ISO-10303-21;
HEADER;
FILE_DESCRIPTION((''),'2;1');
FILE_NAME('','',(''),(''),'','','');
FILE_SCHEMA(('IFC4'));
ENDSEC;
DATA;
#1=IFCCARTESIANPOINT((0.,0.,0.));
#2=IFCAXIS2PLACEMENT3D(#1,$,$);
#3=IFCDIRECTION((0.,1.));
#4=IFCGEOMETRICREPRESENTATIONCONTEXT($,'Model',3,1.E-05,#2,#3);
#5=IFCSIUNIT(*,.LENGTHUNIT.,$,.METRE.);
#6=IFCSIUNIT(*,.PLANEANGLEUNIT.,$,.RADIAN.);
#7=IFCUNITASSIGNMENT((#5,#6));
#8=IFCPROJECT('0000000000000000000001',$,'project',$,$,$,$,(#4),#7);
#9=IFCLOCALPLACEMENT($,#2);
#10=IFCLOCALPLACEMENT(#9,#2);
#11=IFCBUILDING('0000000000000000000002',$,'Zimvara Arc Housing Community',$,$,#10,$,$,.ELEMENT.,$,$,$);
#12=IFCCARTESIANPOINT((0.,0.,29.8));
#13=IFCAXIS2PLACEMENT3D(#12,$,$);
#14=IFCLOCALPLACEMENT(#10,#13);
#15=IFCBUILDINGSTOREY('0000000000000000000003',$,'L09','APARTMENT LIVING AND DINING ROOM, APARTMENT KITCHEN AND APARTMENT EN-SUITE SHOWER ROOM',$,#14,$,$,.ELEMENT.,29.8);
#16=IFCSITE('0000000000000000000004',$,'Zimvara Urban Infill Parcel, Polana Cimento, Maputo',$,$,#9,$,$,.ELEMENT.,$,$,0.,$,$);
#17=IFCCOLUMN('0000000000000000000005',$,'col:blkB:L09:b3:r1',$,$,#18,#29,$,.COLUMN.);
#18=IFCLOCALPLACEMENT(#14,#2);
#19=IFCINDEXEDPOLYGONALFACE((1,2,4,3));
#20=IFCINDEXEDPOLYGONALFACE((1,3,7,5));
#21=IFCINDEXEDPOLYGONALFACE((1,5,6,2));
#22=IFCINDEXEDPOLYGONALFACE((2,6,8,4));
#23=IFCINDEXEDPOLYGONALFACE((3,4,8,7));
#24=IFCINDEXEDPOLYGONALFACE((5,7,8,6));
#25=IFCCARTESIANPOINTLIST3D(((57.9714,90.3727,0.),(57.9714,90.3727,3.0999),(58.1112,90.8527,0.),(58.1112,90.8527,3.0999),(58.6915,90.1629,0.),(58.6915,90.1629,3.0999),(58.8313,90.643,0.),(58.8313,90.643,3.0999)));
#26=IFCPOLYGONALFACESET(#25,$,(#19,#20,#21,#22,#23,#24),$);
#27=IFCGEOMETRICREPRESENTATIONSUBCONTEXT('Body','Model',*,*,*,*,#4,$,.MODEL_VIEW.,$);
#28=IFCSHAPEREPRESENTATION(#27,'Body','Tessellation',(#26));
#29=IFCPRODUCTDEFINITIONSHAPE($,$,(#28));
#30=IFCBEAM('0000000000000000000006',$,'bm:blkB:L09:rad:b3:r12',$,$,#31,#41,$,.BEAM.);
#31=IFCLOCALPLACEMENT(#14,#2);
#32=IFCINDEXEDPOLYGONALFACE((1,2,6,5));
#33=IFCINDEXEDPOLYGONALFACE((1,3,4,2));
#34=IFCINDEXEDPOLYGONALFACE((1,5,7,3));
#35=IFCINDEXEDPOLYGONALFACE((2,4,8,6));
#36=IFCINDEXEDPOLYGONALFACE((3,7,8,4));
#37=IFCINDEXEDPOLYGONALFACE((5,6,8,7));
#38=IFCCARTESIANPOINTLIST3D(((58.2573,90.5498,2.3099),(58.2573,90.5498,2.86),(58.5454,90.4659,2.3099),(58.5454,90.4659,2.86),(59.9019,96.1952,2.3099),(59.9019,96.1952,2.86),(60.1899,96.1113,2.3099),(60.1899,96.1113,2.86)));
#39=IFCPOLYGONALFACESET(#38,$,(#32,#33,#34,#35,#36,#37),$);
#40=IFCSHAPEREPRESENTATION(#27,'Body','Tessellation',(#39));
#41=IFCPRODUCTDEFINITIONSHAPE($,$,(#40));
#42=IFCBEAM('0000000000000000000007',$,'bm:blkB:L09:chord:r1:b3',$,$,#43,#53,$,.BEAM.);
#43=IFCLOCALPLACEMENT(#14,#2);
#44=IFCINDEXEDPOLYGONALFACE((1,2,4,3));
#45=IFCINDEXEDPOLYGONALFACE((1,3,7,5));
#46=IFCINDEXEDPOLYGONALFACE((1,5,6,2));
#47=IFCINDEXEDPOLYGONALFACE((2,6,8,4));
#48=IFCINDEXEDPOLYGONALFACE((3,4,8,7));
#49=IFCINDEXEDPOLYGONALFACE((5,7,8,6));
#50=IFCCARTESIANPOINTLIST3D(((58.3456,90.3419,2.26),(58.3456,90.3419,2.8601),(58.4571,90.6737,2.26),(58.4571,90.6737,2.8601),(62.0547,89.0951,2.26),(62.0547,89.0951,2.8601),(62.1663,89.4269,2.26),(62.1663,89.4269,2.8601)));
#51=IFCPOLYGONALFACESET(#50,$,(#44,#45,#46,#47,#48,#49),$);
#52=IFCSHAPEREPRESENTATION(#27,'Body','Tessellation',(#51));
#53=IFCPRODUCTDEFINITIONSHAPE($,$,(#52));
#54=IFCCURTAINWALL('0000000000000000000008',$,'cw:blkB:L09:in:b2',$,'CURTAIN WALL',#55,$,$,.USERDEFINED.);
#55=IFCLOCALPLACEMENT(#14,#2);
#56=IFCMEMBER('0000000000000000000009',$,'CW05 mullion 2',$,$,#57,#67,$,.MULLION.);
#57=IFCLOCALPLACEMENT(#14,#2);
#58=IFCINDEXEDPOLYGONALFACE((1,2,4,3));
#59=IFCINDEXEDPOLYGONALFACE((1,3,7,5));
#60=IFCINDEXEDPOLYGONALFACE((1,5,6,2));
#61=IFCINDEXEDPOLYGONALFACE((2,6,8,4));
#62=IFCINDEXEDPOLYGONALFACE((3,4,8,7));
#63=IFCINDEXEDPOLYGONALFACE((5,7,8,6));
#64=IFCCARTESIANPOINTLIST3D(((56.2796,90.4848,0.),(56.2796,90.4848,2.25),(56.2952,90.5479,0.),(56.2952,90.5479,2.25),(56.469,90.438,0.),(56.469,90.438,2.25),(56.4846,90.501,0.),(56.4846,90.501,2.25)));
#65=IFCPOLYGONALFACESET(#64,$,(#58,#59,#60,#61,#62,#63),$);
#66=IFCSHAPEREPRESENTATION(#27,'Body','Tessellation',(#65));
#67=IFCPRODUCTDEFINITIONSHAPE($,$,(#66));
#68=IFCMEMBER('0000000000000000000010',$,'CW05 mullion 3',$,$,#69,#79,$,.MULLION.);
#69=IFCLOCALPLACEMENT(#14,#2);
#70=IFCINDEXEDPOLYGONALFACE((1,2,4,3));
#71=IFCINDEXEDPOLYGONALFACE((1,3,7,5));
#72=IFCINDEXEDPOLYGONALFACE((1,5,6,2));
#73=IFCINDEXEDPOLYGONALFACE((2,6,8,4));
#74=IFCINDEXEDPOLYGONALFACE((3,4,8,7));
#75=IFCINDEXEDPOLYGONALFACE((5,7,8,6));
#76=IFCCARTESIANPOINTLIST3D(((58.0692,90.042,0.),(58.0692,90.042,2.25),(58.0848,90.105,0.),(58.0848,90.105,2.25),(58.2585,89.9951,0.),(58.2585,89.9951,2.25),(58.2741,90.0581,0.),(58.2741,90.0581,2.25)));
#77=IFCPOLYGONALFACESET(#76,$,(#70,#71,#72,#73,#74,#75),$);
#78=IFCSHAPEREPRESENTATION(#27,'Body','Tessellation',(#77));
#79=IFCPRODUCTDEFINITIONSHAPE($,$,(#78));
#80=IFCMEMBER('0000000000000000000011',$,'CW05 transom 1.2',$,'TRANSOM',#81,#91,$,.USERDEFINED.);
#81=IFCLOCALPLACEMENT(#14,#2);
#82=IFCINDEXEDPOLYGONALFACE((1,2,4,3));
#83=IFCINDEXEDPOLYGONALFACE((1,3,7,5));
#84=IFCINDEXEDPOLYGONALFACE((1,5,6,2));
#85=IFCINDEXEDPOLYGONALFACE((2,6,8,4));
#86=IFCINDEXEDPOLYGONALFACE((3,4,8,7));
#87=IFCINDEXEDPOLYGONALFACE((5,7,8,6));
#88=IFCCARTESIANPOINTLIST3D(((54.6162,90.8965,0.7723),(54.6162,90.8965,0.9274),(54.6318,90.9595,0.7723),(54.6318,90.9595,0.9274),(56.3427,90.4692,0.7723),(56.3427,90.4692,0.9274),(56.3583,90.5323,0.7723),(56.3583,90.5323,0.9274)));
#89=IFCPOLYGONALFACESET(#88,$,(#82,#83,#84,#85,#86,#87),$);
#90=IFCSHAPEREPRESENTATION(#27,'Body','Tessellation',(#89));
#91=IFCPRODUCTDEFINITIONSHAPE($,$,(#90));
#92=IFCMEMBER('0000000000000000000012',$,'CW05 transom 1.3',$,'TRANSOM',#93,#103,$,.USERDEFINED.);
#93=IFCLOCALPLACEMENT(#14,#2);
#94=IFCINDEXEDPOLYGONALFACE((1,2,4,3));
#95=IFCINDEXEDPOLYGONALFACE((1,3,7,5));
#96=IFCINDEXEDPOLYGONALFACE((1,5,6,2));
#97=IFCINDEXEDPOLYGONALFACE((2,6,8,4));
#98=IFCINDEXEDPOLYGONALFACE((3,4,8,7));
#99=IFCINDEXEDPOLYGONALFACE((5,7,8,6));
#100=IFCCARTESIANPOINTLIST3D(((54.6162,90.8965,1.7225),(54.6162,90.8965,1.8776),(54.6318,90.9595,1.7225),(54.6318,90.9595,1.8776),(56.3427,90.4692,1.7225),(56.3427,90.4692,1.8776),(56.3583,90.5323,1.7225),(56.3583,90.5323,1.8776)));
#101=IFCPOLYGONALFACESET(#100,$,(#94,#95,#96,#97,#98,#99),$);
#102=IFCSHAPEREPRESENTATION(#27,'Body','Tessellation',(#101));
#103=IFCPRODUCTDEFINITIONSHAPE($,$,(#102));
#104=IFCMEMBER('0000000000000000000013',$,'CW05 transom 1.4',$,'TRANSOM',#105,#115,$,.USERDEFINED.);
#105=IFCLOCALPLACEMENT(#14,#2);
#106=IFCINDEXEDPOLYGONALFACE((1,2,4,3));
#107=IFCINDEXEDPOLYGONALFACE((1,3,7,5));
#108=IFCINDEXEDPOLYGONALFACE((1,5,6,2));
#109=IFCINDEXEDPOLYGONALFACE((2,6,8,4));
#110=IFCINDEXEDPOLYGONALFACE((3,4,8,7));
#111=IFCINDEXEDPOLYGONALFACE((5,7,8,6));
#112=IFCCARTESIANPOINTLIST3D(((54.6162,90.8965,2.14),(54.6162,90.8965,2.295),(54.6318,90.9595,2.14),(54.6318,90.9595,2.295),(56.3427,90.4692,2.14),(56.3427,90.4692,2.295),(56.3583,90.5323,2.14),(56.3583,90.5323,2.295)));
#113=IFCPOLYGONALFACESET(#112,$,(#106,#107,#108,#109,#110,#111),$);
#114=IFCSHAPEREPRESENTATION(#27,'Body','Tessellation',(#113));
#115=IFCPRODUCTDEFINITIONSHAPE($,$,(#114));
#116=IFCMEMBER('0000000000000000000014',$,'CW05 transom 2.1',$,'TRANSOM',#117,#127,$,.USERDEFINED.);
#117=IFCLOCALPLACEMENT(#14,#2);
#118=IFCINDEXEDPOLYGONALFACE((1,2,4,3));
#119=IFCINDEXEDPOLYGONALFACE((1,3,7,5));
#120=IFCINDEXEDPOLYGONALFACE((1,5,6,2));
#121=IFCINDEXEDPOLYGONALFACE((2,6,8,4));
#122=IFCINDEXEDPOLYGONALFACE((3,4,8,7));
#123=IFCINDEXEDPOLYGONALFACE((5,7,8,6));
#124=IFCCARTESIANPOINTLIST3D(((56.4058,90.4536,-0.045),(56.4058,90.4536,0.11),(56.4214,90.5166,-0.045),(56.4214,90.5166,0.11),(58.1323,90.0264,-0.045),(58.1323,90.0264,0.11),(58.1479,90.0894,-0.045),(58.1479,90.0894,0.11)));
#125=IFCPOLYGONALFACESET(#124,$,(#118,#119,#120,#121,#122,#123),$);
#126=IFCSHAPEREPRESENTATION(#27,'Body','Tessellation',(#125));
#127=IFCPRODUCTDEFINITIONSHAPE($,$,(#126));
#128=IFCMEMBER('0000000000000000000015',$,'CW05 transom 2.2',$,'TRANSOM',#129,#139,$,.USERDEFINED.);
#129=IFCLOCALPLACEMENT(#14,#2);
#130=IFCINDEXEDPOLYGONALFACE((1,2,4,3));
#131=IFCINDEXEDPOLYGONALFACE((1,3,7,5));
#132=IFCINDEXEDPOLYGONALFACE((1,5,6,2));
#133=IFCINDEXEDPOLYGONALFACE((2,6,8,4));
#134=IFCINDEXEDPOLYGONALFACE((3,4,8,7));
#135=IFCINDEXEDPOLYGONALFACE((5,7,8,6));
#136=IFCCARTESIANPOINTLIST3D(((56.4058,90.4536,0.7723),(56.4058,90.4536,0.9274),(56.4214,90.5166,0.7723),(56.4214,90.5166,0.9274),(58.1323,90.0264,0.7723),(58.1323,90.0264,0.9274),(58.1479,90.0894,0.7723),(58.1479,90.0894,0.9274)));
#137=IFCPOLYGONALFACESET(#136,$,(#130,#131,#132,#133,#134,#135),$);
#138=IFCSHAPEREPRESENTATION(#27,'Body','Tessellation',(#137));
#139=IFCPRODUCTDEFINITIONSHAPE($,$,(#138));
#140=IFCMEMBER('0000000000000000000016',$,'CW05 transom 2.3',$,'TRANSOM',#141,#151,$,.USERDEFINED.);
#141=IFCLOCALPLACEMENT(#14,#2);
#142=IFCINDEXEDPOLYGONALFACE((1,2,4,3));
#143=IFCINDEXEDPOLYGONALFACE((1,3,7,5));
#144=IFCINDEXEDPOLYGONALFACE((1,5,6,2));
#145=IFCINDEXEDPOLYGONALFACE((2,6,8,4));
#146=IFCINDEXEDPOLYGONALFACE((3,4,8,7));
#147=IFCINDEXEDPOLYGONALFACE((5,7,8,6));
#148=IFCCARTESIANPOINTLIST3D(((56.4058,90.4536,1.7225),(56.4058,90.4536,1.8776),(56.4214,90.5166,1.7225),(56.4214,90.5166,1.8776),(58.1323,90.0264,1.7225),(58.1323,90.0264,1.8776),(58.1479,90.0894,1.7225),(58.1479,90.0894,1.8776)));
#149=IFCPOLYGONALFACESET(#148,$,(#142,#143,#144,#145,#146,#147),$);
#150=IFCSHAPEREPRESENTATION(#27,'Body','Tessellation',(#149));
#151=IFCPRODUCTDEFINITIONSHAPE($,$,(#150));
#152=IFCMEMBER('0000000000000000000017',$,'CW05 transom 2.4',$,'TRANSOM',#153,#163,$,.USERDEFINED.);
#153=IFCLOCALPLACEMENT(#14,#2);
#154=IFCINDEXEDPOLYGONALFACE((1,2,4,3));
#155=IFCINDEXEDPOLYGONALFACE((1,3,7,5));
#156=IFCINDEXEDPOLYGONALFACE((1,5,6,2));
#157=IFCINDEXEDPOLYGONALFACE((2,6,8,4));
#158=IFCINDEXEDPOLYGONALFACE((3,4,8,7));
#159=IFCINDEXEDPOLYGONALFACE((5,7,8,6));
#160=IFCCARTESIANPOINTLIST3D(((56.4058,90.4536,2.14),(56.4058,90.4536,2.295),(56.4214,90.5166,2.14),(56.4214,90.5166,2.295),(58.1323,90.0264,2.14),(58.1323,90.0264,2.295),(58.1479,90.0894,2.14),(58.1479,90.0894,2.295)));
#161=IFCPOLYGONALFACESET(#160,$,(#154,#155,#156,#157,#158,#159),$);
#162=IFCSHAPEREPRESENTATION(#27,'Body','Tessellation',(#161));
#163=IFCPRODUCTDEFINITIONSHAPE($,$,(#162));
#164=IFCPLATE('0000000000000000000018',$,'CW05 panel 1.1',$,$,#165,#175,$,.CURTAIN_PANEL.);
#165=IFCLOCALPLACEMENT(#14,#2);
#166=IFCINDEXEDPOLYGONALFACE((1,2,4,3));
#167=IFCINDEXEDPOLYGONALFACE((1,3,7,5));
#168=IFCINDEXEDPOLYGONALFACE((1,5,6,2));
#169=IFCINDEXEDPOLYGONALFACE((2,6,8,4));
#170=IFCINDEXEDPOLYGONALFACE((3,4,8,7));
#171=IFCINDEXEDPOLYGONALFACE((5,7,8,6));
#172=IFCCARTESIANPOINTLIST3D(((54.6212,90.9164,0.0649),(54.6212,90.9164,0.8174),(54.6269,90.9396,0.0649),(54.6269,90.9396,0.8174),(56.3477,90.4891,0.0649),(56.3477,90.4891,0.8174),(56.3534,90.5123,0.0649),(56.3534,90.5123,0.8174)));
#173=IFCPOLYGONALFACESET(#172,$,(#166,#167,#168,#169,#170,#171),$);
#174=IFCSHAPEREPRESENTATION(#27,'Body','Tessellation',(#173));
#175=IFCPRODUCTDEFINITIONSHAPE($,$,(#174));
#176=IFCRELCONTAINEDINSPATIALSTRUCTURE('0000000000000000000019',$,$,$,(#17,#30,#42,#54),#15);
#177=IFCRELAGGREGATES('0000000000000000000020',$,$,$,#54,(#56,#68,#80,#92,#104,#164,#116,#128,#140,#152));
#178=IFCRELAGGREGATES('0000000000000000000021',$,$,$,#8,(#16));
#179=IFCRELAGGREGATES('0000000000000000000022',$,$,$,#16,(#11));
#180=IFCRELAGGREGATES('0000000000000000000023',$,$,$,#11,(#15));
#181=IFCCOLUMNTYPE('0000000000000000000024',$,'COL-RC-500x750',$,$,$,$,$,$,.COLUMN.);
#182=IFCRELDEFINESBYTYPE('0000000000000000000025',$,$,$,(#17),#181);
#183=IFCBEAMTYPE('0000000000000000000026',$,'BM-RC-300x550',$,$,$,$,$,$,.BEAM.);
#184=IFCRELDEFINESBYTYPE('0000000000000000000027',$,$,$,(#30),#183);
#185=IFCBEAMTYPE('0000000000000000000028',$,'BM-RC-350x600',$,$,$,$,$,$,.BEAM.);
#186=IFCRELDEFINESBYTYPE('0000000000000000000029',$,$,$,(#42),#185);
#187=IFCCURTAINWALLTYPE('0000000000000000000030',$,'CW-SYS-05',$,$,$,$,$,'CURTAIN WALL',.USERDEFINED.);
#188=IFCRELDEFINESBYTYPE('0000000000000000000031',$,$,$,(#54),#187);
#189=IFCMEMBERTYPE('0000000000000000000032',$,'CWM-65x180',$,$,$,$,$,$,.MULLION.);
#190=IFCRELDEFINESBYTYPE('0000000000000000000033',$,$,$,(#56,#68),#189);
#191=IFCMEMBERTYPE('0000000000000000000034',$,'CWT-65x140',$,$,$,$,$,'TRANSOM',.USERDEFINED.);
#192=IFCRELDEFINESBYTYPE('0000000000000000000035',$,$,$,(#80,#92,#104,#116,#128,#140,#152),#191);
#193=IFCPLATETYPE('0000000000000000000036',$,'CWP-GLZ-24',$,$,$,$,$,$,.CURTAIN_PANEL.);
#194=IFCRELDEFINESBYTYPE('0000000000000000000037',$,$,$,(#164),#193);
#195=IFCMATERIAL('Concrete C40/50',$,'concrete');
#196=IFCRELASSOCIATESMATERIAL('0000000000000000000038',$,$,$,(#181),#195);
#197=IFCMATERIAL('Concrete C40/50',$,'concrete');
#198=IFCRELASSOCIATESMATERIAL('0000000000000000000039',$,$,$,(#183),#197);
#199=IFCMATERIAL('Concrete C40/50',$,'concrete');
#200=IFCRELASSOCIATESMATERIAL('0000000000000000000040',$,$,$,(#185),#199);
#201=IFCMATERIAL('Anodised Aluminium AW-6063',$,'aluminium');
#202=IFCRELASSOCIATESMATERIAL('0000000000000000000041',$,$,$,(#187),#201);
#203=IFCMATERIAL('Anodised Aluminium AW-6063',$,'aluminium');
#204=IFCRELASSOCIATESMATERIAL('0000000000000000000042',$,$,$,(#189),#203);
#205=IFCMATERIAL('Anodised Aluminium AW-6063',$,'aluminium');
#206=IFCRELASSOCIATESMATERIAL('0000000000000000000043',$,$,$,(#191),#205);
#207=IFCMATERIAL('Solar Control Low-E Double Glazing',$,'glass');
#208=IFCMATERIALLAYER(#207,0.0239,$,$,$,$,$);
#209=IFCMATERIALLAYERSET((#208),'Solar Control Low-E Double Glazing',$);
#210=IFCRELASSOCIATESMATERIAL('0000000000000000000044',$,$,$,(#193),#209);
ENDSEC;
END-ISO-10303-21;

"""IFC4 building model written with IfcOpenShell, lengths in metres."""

from ifc_helpers import new_model, si_unit, direction, frame, origin, origin_2d, place, context, subcontext, project, spatial, rectangle, extrude, material, layer, layer_set, material_profile, profile_set, type_object, element, aggregate, save


model = new_model("IFC4")

# Units and contexts
model_context = context("Model", 3, precision=1e-05, world=origin(), true_north=direction((0.0, 1.0)))
body_context = subcontext(model_context, "Body", "Model", "MODEL_VIEW")
ifc_project = project(units=[si_unit("LENGTHUNIT", "METRE"), si_unit("PLANEANGLEUNIT", "RADIAN")], contexts=[model_context])

# Site, building, storey
site_placement = place(None, origin())
site = spatial("IfcSite", under=ifc_project, at=site_placement, Name="Zimvara Urban Infill Parcel, Polana Cimento, Maputo", CompositionType="ELEMENT", RefElevation=0.0)
building_placement = place(site_placement, origin())
building = spatial("IfcBuilding", under=site, at=building_placement, Name="Zimvara Arc Housing Community", CompositionType="ELEMENT")
storey_placement = place(building_placement, frame((0.0, 0.0, 29.8)))
storey = spatial("IfcBuildingStorey", under=building, at=storey_placement, Name="L09", Description="APARTMENT LIVING AND DINING ROOM, APARTMENT KITCHEN AND APARTMENT EN-SUITE SHOWER ROOM", CompositionType="ELEMENT", Elevation=29.8)

# Column
ifc_material_1 = material(Name="Concrete C40/50", Category="concrete")
ifc_material_profile_1 = material_profile(ifc_material_1, rectangle(XDim=0.5, YDim=0.75, at=origin_2d()), Name="RC 500x750")
ifc_profile_set_1 = profile_set([ifc_material_profile_1], Name="Concrete C40/50")
column_type = type_object("IfcColumnType", Name="COL-RC-500x750", PredefinedType="COLUMN", material=ifc_profile_set_1)
column_placement = place(storey_placement, frame((58.4014, 90.5078, 0.0), z_axis=(0.0, 0.0, 1.0), x_axis=(0.279661, 0.960099, 0.0)))
element("IfcColumn", 1, at=column_placement, inside=storey, type_object=column_type, Name="col:blkB:L09:b3:r1", PredefinedType="COLUMN", context=body_context, shape_type="SweptSolid", body=[
    extrude(rectangle(XDim=0.5, YDim=0.75, at=origin_2d()), origin(), (0.0, 0.0, 1.0), 3.0999),
])

# Beams
ifc_material_2 = material(Name="Concrete C40/50", Category="concrete")
ifc_material_profile_2 = material_profile(ifc_material_2, rectangle(XDim=0.3, YDim=0.55, at=origin_2d()), Name="RC 300x550")
ifc_profile_set_2 = profile_set([ifc_material_profile_2], Name="Concrete C40/50")
beam_type_1 = type_object("IfcBeamType", Name="BM-RC-300x550", PredefinedType="BEAM", material=ifc_profile_set_2)
beam_1_placement = place(storey_placement, frame((58.4014, 90.5078, 2.585), z_axis=(0.279675, 0.960095, 0.0), x_axis=(-0.960095, 0.279675, 0.0)))
element("IfcBeam", 2, at=beam_1_placement, inside=storey, type_object=beam_type_1, Name="bm:blkB:L09:rad:b3:r12", PredefinedType="BEAM", context=body_context, shape_type="SweptSolid", body=[
    extrude(rectangle(XDim=0.3, YDim=0.55, at=origin_2d()), origin(), (0.0, 0.0, 1.0), 5.8801),
])
ifc_material_3 = material(Name="Concrete C40/50", Category="concrete")
ifc_material_profile_3 = material_profile(ifc_material_3, rectangle(XDim=0.3501, YDim=0.6001, at=origin_2d()), Name="RC 350x600")
ifc_profile_set_3 = profile_set([ifc_material_profile_3], Name="Concrete C40/50")
beam_type_2 = type_object("IfcBeamType", Name="BM-RC-350x600", PredefinedType="BEAM", material=ifc_profile_set_3)
beam_2_placement = place(storey_placement, frame((58.4014, 90.5078, 2.5601), z_axis=(0.947882, -0.318623, 0.0), x_axis=(0.318623, 0.947882, 0.0)))
element("IfcBeam", 3, at=beam_2_placement, inside=storey, type_object=beam_type_2, Name="bm:blkB:L09:chord:r1:b3", PredefinedType="BEAM", context=body_context, shape_type="SweptSolid", body=[
    extrude(rectangle(XDim=0.3501, YDim=0.6001, at=origin_2d()), origin(), (0.0, 0.0, 1.0), 3.9131),
])

# Curtain wall, members, plate
ifc_material_4 = material(Name="Anodised Aluminium AW-6063", Category="aluminium")
curtain_wall_type = type_object("IfcCurtainWallType", Name="CW-SYS-05", ElementType="CURTAIN WALL", PredefinedType="USERDEFINED", material=ifc_material_4)
curtain_wall_placement = place(storey_placement, origin())
curtain_wall = element("IfcCurtainWall", 4, at=curtain_wall_placement, inside=storey, type_object=curtain_wall_type, Name="cw:blkB:L09:in:b2", ObjectType="CURTAIN WALL", PredefinedType="USERDEFINED")
ifc_material_5 = material(Name="Anodised Aluminium AW-6063", Category="aluminium")
ifc_material_profile_4 = material_profile(ifc_material_5, rectangle(XDim=0.0649, YDim=0.1951, at=origin_2d()), Name="ALU 65x195")
ifc_profile_set_4 = profile_set([ifc_material_profile_4], Name="Anodised Aluminium AW-6063")
member_type_1 = type_object("IfcMemberType", Name="CWM-65x180", PredefinedType="MULLION", material=ifc_profile_set_4)
member_1_placement = place(storey_placement, frame((56.3821, 90.4929, 0.0), z_axis=(0.0, 0.0, 1.0), x_axis=(0.240229, 0.970716, 0.0)))
member_1 = element("IfcMember", 5, at=member_1_placement, type_object=member_type_1, Name="CW05 mullion 2", PredefinedType="MULLION", context=body_context, shape_type="SweptSolid", body=[
    extrude(rectangle(XDim=0.0649, YDim=0.1951, at=origin_2d()), origin(), (0.0, 0.0, 1.0), 2.25),
])
member_2_placement = place(storey_placement, frame((58.1716, 90.05, 0.0), z_axis=(0.0, 0.0, 1.0), x_axis=(0.240229, 0.970716, 0.0)))
member_2 = element("IfcMember", 6, at=member_2_placement, type_object=member_type_1, Name="CW05 mullion 3", PredefinedType="MULLION", context=body_context, shape_type="SweptSolid", body=[
    extrude(rectangle(XDim=0.0649, YDim=0.1951, at=origin_2d()), origin(), (0.0, 0.0, 1.0), 2.25),
])
ifc_material_6 = material(Name="Anodised Aluminium AW-6063", Category="aluminium")
ifc_material_profile_5 = material_profile(ifc_material_6, rectangle(XDim=0.0649, YDim=0.155, at=origin_2d()), Name="ALU 65x155")
ifc_profile_set_5 = profile_set([ifc_material_profile_5], Name="Anodised Aluminium AW-6063")
member_type_2 = type_object("IfcMemberType", Name="CWT-65x140", ElementType="TRANSOM", PredefinedType="USERDEFINED", material=ifc_profile_set_5)
member_3_placement = place(storey_placement, frame((54.624, 90.928, 0.8499), z_axis=(0.970721, -0.24021, 0.0), x_axis=(0.24021, 0.970721, 0.0)))
member_3 = element("IfcMember", 7, at=member_3_placement, type_object=member_type_2, Name="CW05 transom 1.2", ObjectType="TRANSOM", PredefinedType="USERDEFINED", context=body_context, shape_type="SweptSolid", body=[
    extrude(rectangle(XDim=0.0649, YDim=0.155, at=origin_2d()), origin(), (0.0, 0.0, 1.0), 1.7786),
])
member_4_placement = place(storey_placement, frame((54.624, 90.928, 1.8), z_axis=(0.970721, -0.24021, 0.0), x_axis=(0.24021, 0.970721, 0.0)))
member_4 = element("IfcMember", 8, at=member_4_placement, type_object=member_type_2, Name="CW05 transom 1.3", ObjectType="TRANSOM", PredefinedType="USERDEFINED", context=body_context, shape_type="SweptSolid", body=[
    extrude(rectangle(XDim=0.0649, YDim=0.155, at=origin_2d()), origin(), (0.0, 0.0, 1.0), 1.7786),
])
member_5_placement = place(storey_placement, frame((54.624, 90.928, 2.2175), z_axis=(0.970721, -0.24021, 0.0), x_axis=(0.24021, 0.970721, 0.0)))
member_5 = element("IfcMember", 9, at=member_5_placement, type_object=member_type_2, Name="CW05 transom 1.4", ObjectType="TRANSOM", PredefinedType="USERDEFINED", context=body_context, shape_type="SweptSolid", body=[
    extrude(rectangle(XDim=0.0649, YDim=0.155, at=origin_2d()), origin(), (0.0, 0.0, 1.0), 1.7786),
])
member_6_placement = place(storey_placement, frame((56.4136, 90.4851, 0.0325), z_axis=(0.970721, -0.24021, 0.0), x_axis=(0.24021, 0.970721, 0.0)))
member_6 = element("IfcMember", 10, at=member_6_placement, type_object=member_type_2, Name="CW05 transom 2.1", ObjectType="TRANSOM", PredefinedType="USERDEFINED", context=body_context, shape_type="SweptSolid", body=[
    extrude(rectangle(XDim=0.0649, YDim=0.155, at=origin_2d()), origin(), (0.0, 0.0, 1.0), 1.7786),
])
member_7_placement = place(storey_placement, frame((56.4136, 90.4851, 0.8499), z_axis=(0.970721, -0.24021, 0.0), x_axis=(0.24021, 0.970721, 0.0)))
member_7 = element("IfcMember", 11, at=member_7_placement, type_object=member_type_2, Name="CW05 transom 2.2", ObjectType="TRANSOM", PredefinedType="USERDEFINED", context=body_context, shape_type="SweptSolid", body=[
    extrude(rectangle(XDim=0.0649, YDim=0.155, at=origin_2d()), origin(), (0.0, 0.0, 1.0), 1.7786),
])
member_8_placement = place(storey_placement, frame((56.4136, 90.4851, 1.8), z_axis=(0.970721, -0.24021, 0.0), x_axis=(0.24021, 0.970721, 0.0)))
member_8 = element("IfcMember", 12, at=member_8_placement, type_object=member_type_2, Name="CW05 transom 2.3", ObjectType="TRANSOM", PredefinedType="USERDEFINED", context=body_context, shape_type="SweptSolid", body=[
    extrude(rectangle(XDim=0.0649, YDim=0.155, at=origin_2d()), origin(), (0.0, 0.0, 1.0), 1.7786),
])
member_9_placement = place(storey_placement, frame((56.4136, 90.4851, 2.2175), z_axis=(0.970721, -0.24021, 0.0), x_axis=(0.24021, 0.970721, 0.0)))
member_9 = element("IfcMember", 13, at=member_9_placement, type_object=member_type_2, Name="CW05 transom 2.4", ObjectType="TRANSOM", PredefinedType="USERDEFINED", context=body_context, shape_type="SweptSolid", body=[
    extrude(rectangle(XDim=0.0649, YDim=0.155, at=origin_2d()), origin(), (0.0, 0.0, 1.0), 1.7786),
])
ifc_material_7 = material(Name="Solar Control Low-E Double Glazing", Category="glass")
ifc_layer_1 = layer(ifc_material_7, 0.0239)
ifc_layer_set_1 = layer_set([ifc_layer_1], Name="Solar Control Low-E Double Glazing")
plate_type = type_object("IfcPlateType", Name="CWP-GLZ-24", PredefinedType="CURTAIN_PANEL", material=ifc_layer_set_1)
plate_1_placement = place(storey_placement, frame((55.4873, 90.7144, 0.0649), z_axis=(0.0, 0.0, 1.0), x_axis=(0.970716, -0.240229, 0.0)))
plate_1 = element("IfcPlate", 14, at=plate_1_placement, type_object=plate_type, Name="CW05 panel 1.1", PredefinedType="CURTAIN_PANEL", context=body_context, shape_type="SweptSolid", body=[
    extrude(rectangle(XDim=1.7786, YDim=0.0239, at=origin_2d()), origin(), (0.0, 0.0, 1.0), 0.7524),
])
aggregate(curtain_wall, [member_1, member_2, member_3, member_4, member_5, plate_1, member_6, member_7, member_8, member_9])

save(model, "model.ifc")
